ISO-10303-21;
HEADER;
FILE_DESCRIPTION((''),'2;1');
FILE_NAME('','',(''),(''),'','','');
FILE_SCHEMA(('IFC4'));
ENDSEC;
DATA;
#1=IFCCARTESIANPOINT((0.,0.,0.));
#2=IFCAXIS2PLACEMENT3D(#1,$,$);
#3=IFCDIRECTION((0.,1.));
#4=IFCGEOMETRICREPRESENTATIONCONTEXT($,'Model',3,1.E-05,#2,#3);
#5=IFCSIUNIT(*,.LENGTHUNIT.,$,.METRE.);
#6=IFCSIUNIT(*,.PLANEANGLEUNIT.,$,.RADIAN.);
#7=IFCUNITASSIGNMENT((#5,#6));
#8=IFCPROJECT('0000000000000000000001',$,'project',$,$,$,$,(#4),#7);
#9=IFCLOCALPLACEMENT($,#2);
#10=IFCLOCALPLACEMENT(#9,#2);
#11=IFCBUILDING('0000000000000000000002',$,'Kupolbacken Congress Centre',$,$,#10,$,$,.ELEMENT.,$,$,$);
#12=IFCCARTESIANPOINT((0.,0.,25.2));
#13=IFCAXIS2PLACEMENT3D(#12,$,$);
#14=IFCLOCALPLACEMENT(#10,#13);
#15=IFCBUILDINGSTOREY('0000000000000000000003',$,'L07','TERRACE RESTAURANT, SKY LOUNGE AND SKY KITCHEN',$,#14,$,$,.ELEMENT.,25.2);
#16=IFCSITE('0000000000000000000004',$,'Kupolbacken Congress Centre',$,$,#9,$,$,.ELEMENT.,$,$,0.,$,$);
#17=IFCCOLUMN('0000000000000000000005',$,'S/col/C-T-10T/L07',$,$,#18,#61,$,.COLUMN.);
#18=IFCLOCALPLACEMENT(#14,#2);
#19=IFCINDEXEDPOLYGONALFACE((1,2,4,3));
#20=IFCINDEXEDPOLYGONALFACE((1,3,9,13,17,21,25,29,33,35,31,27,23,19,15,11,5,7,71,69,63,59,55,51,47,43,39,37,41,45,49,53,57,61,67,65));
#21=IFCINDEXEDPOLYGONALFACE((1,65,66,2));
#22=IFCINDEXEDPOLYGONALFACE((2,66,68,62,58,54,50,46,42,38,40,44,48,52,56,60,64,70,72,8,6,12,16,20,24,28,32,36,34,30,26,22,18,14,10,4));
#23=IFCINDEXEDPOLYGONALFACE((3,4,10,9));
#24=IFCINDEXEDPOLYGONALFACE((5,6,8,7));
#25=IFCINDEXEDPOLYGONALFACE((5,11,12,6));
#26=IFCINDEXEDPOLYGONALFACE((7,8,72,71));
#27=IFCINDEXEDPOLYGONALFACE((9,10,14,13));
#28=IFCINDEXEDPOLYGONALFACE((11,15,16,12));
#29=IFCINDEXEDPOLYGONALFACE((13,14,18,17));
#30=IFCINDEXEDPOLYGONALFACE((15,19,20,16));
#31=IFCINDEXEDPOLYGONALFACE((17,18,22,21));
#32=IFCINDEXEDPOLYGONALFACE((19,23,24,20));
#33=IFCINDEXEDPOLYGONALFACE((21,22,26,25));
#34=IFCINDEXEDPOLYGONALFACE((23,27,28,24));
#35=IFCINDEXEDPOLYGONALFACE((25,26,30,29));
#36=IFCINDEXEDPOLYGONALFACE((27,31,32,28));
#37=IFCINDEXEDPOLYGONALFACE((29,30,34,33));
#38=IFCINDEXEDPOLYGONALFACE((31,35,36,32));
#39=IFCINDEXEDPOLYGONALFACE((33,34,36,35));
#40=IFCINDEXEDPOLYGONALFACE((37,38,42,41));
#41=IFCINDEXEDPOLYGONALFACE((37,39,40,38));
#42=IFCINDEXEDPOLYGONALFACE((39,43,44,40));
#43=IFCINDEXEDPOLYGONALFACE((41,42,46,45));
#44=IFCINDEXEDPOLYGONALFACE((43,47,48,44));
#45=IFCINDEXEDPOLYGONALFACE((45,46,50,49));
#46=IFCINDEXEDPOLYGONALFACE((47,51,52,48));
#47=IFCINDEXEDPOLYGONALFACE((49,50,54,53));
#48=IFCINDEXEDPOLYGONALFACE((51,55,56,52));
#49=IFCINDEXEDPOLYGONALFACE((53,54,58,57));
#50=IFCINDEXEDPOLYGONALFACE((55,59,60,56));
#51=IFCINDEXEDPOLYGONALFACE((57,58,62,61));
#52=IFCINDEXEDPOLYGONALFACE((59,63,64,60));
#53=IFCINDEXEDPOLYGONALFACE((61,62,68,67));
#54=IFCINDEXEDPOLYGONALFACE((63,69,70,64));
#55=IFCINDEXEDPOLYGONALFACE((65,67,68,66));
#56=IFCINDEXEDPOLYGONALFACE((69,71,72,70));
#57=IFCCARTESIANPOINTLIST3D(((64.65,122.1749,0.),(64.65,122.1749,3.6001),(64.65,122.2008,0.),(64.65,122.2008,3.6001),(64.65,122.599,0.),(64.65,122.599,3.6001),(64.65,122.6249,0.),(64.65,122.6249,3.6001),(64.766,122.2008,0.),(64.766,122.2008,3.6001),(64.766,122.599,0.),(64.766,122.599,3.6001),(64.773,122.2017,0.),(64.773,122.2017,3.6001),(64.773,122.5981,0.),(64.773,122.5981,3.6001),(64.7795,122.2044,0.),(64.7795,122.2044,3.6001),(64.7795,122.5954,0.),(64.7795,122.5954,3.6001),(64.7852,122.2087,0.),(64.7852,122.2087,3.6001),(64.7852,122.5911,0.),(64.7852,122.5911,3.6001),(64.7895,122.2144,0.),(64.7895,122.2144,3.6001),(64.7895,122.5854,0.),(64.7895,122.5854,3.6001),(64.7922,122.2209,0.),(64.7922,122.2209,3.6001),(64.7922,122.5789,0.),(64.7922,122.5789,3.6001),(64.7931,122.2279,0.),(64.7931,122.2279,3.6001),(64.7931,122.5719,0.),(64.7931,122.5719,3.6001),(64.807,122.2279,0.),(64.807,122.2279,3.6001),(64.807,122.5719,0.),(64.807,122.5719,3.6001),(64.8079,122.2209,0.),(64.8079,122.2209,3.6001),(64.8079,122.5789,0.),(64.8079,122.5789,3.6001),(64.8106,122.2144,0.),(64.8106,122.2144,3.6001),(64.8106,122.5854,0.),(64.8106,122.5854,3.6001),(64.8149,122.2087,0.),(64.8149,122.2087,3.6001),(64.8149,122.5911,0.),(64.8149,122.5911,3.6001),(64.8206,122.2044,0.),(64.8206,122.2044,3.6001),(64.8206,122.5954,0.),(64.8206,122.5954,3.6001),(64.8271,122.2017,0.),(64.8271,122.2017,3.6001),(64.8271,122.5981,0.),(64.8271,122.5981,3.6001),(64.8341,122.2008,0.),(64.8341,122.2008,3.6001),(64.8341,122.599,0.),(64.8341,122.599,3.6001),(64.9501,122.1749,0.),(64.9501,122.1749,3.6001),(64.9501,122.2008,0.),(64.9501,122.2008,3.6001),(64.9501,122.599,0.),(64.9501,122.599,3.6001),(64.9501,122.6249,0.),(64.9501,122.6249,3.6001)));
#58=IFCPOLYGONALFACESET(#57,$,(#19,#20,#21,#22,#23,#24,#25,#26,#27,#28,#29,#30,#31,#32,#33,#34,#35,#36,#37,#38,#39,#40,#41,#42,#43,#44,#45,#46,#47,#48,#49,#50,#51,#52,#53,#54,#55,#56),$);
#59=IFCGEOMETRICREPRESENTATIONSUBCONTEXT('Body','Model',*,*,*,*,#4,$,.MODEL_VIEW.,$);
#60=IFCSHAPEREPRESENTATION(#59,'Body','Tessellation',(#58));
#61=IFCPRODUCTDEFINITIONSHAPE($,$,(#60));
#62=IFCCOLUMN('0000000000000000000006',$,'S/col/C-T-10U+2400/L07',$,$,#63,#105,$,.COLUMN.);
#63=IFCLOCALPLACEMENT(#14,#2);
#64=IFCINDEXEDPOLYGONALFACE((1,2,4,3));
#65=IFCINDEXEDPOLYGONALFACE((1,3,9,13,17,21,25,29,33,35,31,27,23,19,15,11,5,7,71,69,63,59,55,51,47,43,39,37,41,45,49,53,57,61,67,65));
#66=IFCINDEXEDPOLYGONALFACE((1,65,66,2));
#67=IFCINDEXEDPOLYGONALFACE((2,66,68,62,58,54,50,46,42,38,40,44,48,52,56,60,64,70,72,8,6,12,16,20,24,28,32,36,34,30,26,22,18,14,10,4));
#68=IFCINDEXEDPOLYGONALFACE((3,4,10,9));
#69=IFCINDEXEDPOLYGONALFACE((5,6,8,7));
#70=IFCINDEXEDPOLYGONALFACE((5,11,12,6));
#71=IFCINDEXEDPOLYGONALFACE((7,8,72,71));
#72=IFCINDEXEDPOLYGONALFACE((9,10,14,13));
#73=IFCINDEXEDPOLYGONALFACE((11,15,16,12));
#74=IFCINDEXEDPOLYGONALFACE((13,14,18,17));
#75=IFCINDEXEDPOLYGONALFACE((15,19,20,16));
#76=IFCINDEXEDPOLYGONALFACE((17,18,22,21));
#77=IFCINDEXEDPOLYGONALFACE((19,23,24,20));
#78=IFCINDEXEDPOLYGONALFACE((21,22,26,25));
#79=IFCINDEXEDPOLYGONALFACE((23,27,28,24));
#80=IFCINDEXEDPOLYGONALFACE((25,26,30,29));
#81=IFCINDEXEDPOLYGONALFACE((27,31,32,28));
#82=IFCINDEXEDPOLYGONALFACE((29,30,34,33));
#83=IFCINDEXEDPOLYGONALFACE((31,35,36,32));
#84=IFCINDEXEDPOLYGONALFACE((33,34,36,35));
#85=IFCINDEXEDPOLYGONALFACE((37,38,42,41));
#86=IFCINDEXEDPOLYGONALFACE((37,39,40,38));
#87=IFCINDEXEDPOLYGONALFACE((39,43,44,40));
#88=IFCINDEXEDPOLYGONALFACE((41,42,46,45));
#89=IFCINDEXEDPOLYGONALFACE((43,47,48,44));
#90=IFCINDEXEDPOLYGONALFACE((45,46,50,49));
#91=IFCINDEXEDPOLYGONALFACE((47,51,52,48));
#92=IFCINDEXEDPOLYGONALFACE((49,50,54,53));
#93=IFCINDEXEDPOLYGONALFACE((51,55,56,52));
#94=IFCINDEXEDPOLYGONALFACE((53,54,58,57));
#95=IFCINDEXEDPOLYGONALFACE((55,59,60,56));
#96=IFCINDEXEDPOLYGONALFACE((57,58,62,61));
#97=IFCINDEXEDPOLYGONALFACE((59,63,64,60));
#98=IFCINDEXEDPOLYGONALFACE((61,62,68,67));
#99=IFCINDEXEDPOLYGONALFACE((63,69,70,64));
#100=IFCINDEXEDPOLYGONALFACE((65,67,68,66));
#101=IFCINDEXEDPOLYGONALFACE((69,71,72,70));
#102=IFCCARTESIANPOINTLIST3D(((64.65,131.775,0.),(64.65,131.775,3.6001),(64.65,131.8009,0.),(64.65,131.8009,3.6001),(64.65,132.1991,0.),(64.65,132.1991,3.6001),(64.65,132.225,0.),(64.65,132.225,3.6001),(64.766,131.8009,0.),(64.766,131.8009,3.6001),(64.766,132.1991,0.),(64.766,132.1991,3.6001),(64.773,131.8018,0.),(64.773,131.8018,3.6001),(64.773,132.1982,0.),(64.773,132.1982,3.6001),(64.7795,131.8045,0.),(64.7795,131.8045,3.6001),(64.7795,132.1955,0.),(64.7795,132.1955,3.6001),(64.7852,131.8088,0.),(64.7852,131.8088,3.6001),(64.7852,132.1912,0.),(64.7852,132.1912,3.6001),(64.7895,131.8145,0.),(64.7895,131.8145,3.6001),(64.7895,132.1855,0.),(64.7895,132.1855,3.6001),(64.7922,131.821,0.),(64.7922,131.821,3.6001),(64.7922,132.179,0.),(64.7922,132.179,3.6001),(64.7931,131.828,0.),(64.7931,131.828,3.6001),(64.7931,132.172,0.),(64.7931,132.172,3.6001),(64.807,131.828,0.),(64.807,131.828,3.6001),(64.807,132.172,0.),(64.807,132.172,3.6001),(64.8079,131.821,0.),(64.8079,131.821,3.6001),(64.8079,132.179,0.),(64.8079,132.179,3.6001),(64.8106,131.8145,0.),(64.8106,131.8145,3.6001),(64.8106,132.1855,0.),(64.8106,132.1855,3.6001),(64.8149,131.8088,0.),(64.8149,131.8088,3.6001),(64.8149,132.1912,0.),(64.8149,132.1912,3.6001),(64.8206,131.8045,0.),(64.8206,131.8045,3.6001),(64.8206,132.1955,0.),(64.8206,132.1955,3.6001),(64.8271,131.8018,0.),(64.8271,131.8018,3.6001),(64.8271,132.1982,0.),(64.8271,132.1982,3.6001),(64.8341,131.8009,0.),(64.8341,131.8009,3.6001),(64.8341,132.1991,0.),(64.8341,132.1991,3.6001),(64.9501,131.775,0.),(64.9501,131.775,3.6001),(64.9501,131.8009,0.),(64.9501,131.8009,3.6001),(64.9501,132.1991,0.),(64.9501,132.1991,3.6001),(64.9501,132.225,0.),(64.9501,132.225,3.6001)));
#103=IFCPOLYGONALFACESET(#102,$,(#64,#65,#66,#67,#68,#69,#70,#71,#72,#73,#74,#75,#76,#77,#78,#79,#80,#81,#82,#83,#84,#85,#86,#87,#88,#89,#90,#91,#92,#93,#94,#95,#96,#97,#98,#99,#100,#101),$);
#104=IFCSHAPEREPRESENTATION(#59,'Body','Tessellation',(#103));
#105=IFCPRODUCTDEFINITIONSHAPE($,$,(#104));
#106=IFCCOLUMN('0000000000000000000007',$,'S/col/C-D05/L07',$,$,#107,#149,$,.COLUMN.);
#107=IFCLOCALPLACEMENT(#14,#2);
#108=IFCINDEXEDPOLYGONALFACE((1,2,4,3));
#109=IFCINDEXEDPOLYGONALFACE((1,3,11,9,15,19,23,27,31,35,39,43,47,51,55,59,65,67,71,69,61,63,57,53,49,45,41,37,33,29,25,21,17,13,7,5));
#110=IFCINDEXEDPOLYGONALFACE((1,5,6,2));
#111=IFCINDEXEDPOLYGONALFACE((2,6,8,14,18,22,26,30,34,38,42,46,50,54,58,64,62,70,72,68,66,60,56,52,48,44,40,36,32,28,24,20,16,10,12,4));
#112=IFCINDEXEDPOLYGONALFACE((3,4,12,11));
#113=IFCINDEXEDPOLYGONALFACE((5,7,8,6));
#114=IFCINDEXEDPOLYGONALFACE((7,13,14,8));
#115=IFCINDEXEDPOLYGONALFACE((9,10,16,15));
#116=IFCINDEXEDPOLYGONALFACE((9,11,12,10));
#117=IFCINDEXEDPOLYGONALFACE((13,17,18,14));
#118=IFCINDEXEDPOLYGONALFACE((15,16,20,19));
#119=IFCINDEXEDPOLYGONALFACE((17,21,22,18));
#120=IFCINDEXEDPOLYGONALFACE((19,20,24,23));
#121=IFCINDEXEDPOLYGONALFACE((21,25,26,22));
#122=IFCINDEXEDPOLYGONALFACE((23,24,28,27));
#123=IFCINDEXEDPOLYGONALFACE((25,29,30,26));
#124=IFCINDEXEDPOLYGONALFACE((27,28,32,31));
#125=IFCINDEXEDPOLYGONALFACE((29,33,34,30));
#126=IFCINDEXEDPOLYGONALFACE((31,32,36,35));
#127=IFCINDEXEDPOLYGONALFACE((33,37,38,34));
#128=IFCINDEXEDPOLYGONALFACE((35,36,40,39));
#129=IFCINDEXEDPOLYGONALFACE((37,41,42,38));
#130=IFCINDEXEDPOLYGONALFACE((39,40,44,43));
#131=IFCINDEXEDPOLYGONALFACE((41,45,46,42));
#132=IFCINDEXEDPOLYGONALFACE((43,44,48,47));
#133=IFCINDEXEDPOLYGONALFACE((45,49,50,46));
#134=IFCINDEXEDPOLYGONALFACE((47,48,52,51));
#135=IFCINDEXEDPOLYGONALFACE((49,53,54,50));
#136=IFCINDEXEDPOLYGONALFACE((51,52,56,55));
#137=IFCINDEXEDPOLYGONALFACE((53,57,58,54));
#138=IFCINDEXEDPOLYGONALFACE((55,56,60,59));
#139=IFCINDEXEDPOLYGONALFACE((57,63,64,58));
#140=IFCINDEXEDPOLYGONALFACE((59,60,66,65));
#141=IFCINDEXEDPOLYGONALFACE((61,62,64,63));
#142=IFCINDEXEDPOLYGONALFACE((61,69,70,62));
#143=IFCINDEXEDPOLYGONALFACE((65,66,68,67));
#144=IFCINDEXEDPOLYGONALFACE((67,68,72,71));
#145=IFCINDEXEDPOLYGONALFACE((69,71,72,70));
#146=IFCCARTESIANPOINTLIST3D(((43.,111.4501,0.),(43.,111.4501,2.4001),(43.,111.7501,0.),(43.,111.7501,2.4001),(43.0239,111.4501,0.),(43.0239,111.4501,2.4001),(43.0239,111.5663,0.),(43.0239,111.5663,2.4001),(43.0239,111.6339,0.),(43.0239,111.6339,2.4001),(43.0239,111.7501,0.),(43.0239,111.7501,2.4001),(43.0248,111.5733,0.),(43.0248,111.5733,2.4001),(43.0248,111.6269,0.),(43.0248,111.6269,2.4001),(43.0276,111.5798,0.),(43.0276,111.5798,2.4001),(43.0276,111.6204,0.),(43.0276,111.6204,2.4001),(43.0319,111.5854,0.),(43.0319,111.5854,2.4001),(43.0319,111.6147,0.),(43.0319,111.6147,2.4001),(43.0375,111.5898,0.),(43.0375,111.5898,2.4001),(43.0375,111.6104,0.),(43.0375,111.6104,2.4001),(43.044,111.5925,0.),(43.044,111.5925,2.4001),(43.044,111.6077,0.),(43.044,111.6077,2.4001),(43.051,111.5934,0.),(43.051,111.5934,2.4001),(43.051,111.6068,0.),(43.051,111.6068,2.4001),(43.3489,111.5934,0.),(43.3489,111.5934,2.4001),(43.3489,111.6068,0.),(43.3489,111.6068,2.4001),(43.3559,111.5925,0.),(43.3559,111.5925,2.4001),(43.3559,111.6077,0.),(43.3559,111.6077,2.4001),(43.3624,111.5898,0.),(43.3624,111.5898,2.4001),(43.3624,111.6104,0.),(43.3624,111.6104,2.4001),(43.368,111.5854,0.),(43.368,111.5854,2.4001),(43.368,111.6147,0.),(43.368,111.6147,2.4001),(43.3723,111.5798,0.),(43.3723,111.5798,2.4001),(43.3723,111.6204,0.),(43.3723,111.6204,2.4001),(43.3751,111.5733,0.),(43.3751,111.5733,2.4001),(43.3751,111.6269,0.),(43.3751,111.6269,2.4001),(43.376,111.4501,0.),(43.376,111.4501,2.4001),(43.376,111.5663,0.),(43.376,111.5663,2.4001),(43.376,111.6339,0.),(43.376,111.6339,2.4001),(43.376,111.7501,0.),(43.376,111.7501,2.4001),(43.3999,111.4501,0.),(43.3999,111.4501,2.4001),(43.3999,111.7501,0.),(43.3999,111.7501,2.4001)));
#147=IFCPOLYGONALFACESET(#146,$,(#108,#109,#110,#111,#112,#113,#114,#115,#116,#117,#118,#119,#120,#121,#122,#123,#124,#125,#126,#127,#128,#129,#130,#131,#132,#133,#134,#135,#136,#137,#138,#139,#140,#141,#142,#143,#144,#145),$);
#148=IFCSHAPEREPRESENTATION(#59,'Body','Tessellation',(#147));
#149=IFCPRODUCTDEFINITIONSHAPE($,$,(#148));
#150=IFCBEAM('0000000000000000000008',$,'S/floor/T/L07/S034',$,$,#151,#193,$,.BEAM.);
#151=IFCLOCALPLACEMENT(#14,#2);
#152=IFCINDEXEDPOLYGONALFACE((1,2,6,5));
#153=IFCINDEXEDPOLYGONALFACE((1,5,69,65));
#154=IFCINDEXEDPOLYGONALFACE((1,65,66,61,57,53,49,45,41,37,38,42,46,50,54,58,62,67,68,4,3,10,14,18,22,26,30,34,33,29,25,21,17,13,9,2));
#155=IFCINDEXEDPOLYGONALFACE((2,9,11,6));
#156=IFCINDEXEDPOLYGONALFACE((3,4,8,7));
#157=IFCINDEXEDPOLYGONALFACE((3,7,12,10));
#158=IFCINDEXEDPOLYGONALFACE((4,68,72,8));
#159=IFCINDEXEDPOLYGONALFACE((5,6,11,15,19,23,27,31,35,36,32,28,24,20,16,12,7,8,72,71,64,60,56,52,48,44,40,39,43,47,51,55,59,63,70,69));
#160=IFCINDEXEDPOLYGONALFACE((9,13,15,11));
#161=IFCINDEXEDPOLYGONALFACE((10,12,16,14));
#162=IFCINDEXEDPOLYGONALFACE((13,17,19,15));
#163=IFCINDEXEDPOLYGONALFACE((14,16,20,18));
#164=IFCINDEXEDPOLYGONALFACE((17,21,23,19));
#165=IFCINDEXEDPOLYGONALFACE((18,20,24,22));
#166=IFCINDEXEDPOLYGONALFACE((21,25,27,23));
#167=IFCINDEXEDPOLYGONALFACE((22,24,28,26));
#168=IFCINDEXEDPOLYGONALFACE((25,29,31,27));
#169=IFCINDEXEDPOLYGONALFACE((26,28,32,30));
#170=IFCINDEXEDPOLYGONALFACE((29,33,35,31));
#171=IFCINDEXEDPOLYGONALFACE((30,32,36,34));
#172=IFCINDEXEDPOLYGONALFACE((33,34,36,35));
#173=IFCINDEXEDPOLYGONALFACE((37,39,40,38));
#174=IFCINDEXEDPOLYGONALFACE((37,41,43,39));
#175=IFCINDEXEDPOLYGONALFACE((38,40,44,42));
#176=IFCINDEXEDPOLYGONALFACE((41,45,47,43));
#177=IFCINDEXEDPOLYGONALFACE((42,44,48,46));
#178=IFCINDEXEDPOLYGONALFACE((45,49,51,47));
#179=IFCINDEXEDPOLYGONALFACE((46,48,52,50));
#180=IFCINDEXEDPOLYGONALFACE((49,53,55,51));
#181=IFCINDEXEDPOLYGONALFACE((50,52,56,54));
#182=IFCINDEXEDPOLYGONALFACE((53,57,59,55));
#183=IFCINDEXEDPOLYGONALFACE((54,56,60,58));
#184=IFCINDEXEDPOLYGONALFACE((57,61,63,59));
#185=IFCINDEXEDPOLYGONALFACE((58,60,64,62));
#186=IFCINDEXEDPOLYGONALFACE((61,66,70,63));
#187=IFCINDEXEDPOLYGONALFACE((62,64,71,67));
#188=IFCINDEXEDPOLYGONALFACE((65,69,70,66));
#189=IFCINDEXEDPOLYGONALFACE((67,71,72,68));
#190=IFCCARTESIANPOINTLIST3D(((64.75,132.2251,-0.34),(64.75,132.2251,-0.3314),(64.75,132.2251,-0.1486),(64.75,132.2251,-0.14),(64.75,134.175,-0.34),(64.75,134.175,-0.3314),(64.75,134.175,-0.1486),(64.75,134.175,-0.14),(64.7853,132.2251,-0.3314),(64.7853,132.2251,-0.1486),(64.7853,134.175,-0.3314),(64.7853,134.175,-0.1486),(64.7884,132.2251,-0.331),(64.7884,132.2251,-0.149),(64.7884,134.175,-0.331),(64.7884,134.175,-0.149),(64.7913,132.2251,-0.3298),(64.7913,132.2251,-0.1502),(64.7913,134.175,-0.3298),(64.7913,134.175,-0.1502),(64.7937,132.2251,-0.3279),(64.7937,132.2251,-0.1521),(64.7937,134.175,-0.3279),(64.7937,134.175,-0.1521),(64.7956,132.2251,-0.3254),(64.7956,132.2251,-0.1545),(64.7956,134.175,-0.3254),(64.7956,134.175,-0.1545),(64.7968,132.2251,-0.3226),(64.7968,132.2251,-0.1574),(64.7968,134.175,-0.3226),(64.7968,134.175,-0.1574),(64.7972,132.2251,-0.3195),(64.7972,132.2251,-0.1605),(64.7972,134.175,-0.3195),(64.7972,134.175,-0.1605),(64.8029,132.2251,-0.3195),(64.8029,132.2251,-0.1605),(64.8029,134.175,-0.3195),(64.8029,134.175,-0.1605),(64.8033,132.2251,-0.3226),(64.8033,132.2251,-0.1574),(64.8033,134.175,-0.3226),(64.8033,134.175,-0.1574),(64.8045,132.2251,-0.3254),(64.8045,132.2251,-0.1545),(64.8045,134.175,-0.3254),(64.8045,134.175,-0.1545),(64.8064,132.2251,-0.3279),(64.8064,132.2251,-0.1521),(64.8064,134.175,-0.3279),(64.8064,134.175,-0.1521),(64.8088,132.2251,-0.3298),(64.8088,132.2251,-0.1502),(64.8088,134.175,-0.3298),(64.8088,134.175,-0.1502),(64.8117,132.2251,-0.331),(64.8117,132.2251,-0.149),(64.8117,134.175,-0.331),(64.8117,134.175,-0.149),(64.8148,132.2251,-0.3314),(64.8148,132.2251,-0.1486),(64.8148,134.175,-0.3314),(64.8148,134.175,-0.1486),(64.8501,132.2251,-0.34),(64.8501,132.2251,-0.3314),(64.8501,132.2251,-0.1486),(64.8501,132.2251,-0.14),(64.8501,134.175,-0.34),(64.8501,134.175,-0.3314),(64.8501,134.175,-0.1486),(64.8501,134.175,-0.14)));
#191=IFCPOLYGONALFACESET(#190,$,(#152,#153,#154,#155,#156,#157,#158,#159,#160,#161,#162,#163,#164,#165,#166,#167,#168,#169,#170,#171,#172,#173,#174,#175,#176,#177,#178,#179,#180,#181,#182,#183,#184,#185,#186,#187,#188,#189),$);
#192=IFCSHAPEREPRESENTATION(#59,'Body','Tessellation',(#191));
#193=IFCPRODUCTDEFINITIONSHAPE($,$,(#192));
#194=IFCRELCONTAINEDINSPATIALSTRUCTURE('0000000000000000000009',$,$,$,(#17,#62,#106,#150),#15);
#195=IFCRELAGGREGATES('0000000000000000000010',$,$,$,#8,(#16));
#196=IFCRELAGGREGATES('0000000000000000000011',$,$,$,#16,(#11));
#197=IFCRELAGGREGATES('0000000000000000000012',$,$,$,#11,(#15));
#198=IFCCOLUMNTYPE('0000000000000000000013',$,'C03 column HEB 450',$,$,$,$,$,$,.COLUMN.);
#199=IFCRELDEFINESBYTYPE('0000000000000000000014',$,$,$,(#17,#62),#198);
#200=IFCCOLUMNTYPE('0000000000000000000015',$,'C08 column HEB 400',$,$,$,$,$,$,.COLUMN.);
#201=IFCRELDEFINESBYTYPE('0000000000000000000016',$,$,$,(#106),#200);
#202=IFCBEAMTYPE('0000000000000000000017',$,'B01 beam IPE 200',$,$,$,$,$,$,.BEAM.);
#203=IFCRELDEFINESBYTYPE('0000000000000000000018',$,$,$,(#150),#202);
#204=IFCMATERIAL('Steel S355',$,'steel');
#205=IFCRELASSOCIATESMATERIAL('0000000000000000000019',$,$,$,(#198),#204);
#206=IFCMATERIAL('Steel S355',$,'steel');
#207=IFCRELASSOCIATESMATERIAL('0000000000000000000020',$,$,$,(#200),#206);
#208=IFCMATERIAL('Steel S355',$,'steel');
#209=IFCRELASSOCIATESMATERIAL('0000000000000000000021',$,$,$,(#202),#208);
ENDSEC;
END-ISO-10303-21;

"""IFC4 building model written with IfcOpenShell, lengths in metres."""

from ifc_helpers import new_model, si_unit, direction, frame, origin, origin_2d, place, context, subcontext, project, spatial, i_section, extrude, material, material_profile, profile_set, type_object, element, save


model = new_model("IFC4")

# Units and contexts
model_context = context("Model", 3, precision=1e-05, world=origin(), true_north=direction((0.0, 1.0)))
body_context = subcontext(model_context, "Body", "Model", "MODEL_VIEW")
ifc_project = project(units=[si_unit("LENGTHUNIT", "METRE"), si_unit("PLANEANGLEUNIT", "RADIAN")], contexts=[model_context])

# Site, building, storey
site_placement = place(None, origin())
site = spatial("IfcSite", under=ifc_project, at=site_placement, Name="Kupolbacken Congress Centre", CompositionType="ELEMENT", RefElevation=0.0)
building_placement = place(site_placement, origin())
building = spatial("IfcBuilding", under=site, at=building_placement, Name="Kupolbacken Congress Centre", CompositionType="ELEMENT")
storey_placement = place(building_placement, frame((0.0, 0.0, 25.2)))
storey = spatial("IfcBuildingStorey", under=building, at=storey_placement, Name="L07", Description="TERRACE RESTAURANT, SKY LOUNGE AND SKY KITCHEN", CompositionType="ELEMENT", Elevation=25.2)

# Columns
ifc_material_1 = material(Name="Steel S355", Category="steel")
ifc_material_profile_1 = material_profile(ifc_material_1, i_section(OverallWidth=0.3, OverallDepth=0.45, WebThickness=0.0139, FlangeThickness=0.0259, FilletRadius=0.0271, at=origin_2d()), Name="HEB 450")
ifc_profile_set_1 = profile_set([ifc_material_profile_1], Name="Steel S355")
column_type_1 = type_object("IfcColumnType", Name="C03 column HEB 450", PredefinedType="COLUMN", material=ifc_profile_set_1)
for number, where, z_axis, x_axis, name in (
    (1, (64.8, 122.3999, 0.0), (0.0, 0.0, 1.0), (1.0, 0.0, 0.0), "S/col/C-T-10T/L07"),
    (2, (64.8, 132.0, 0.0), (0.0, 0.0, 1.0), (1.0, 0.0, 0.0), "S/col/C-T-10U+2400/L07"),
):
    element("IfcColumn", number, at=place(storey_placement, frame(where, z_axis=z_axis, x_axis=x_axis)), inside=storey, type_object=column_type_1, Name=name, PredefinedType="COLUMN", context=body_context, shape_type="SweptSolid", body=[
        extrude(i_section(OverallWidth=0.3, OverallDepth=0.45, WebThickness=0.0139, FlangeThickness=0.0259, FilletRadius=0.0271, at=origin_2d()), origin(), (0.0, 0.0, 1.0), 3.6001),
    ])
ifc_material_2 = material(Name="Steel S355", Category="steel")
ifc_material_profile_2 = material_profile(ifc_material_2, i_section(OverallWidth=0.3, OverallDepth=0.3999, WebThickness=0.0134, FlangeThickness=0.0239, FilletRadius=0.0271, at=origin_2d()), Name="HEB 400")
ifc_profile_set_2 = profile_set([ifc_material_profile_2], Name="Steel S355")
column_type_2 = type_object("IfcColumnType", Name="C08 column HEB 400", PredefinedType="COLUMN", material=ifc_profile_set_2)
column_placement = place(storey_placement, frame((43.2, 111.6001, 0.0), z_axis=(0.0, 0.0, 1.0), x_axis=(0.0, 1.0, 0.0)))
element("IfcColumn", 3, at=column_placement, inside=storey, type_object=column_type_2, Name="S/col/C-D05/L07", PredefinedType="COLUMN", context=body_context, shape_type="SweptSolid", body=[
    extrude(i_section(OverallWidth=0.3, OverallDepth=0.3999, WebThickness=0.0134, FlangeThickness=0.0239, FilletRadius=0.0271, at=origin_2d()), origin(), (0.0, 0.0, 1.0), 2.4001),
])

# Beam
ifc_material_3 = material(Name="Steel S355", Category="steel")
ifc_material_profile_3 = material_profile(ifc_material_3, i_section(OverallWidth=0.1001, OverallDepth=0.2, WebThickness=0.0056, FlangeThickness=0.0085, FilletRadius=0.012, at=origin_2d()), Name="IPE 200")
ifc_profile_set_3 = profile_set([ifc_material_profile_3], Name="Steel S355")
beam_type_1 = type_object("IfcBeamType", Name="B01 beam IPE 200", PredefinedType="BEAM", material=ifc_profile_set_3)
for number, where, z_axis, x_axis, name in (
    (4, (64.8, 132.2251, -0.24), (0.0, 1.0, 0.0), (-1.0, 0.0, 0.0), "S/floor/T/L07/S034"),
):
    element("IfcBeam", number, at=place(storey_placement, frame(where, z_axis=z_axis, x_axis=x_axis)), inside=storey, type_object=beam_type_1, Name=name, PredefinedType="BEAM", context=body_context, shape_type="SweptSolid", body=[
        extrude(i_section(OverallWidth=0.1001, OverallDepth=0.2, WebThickness=0.0056, FlangeThickness=0.0085, FilletRadius=0.012, at=origin_2d()), origin(), (0.0, 0.0, 1.0), 1.95),
    ])

save(model, "model.ifc")
